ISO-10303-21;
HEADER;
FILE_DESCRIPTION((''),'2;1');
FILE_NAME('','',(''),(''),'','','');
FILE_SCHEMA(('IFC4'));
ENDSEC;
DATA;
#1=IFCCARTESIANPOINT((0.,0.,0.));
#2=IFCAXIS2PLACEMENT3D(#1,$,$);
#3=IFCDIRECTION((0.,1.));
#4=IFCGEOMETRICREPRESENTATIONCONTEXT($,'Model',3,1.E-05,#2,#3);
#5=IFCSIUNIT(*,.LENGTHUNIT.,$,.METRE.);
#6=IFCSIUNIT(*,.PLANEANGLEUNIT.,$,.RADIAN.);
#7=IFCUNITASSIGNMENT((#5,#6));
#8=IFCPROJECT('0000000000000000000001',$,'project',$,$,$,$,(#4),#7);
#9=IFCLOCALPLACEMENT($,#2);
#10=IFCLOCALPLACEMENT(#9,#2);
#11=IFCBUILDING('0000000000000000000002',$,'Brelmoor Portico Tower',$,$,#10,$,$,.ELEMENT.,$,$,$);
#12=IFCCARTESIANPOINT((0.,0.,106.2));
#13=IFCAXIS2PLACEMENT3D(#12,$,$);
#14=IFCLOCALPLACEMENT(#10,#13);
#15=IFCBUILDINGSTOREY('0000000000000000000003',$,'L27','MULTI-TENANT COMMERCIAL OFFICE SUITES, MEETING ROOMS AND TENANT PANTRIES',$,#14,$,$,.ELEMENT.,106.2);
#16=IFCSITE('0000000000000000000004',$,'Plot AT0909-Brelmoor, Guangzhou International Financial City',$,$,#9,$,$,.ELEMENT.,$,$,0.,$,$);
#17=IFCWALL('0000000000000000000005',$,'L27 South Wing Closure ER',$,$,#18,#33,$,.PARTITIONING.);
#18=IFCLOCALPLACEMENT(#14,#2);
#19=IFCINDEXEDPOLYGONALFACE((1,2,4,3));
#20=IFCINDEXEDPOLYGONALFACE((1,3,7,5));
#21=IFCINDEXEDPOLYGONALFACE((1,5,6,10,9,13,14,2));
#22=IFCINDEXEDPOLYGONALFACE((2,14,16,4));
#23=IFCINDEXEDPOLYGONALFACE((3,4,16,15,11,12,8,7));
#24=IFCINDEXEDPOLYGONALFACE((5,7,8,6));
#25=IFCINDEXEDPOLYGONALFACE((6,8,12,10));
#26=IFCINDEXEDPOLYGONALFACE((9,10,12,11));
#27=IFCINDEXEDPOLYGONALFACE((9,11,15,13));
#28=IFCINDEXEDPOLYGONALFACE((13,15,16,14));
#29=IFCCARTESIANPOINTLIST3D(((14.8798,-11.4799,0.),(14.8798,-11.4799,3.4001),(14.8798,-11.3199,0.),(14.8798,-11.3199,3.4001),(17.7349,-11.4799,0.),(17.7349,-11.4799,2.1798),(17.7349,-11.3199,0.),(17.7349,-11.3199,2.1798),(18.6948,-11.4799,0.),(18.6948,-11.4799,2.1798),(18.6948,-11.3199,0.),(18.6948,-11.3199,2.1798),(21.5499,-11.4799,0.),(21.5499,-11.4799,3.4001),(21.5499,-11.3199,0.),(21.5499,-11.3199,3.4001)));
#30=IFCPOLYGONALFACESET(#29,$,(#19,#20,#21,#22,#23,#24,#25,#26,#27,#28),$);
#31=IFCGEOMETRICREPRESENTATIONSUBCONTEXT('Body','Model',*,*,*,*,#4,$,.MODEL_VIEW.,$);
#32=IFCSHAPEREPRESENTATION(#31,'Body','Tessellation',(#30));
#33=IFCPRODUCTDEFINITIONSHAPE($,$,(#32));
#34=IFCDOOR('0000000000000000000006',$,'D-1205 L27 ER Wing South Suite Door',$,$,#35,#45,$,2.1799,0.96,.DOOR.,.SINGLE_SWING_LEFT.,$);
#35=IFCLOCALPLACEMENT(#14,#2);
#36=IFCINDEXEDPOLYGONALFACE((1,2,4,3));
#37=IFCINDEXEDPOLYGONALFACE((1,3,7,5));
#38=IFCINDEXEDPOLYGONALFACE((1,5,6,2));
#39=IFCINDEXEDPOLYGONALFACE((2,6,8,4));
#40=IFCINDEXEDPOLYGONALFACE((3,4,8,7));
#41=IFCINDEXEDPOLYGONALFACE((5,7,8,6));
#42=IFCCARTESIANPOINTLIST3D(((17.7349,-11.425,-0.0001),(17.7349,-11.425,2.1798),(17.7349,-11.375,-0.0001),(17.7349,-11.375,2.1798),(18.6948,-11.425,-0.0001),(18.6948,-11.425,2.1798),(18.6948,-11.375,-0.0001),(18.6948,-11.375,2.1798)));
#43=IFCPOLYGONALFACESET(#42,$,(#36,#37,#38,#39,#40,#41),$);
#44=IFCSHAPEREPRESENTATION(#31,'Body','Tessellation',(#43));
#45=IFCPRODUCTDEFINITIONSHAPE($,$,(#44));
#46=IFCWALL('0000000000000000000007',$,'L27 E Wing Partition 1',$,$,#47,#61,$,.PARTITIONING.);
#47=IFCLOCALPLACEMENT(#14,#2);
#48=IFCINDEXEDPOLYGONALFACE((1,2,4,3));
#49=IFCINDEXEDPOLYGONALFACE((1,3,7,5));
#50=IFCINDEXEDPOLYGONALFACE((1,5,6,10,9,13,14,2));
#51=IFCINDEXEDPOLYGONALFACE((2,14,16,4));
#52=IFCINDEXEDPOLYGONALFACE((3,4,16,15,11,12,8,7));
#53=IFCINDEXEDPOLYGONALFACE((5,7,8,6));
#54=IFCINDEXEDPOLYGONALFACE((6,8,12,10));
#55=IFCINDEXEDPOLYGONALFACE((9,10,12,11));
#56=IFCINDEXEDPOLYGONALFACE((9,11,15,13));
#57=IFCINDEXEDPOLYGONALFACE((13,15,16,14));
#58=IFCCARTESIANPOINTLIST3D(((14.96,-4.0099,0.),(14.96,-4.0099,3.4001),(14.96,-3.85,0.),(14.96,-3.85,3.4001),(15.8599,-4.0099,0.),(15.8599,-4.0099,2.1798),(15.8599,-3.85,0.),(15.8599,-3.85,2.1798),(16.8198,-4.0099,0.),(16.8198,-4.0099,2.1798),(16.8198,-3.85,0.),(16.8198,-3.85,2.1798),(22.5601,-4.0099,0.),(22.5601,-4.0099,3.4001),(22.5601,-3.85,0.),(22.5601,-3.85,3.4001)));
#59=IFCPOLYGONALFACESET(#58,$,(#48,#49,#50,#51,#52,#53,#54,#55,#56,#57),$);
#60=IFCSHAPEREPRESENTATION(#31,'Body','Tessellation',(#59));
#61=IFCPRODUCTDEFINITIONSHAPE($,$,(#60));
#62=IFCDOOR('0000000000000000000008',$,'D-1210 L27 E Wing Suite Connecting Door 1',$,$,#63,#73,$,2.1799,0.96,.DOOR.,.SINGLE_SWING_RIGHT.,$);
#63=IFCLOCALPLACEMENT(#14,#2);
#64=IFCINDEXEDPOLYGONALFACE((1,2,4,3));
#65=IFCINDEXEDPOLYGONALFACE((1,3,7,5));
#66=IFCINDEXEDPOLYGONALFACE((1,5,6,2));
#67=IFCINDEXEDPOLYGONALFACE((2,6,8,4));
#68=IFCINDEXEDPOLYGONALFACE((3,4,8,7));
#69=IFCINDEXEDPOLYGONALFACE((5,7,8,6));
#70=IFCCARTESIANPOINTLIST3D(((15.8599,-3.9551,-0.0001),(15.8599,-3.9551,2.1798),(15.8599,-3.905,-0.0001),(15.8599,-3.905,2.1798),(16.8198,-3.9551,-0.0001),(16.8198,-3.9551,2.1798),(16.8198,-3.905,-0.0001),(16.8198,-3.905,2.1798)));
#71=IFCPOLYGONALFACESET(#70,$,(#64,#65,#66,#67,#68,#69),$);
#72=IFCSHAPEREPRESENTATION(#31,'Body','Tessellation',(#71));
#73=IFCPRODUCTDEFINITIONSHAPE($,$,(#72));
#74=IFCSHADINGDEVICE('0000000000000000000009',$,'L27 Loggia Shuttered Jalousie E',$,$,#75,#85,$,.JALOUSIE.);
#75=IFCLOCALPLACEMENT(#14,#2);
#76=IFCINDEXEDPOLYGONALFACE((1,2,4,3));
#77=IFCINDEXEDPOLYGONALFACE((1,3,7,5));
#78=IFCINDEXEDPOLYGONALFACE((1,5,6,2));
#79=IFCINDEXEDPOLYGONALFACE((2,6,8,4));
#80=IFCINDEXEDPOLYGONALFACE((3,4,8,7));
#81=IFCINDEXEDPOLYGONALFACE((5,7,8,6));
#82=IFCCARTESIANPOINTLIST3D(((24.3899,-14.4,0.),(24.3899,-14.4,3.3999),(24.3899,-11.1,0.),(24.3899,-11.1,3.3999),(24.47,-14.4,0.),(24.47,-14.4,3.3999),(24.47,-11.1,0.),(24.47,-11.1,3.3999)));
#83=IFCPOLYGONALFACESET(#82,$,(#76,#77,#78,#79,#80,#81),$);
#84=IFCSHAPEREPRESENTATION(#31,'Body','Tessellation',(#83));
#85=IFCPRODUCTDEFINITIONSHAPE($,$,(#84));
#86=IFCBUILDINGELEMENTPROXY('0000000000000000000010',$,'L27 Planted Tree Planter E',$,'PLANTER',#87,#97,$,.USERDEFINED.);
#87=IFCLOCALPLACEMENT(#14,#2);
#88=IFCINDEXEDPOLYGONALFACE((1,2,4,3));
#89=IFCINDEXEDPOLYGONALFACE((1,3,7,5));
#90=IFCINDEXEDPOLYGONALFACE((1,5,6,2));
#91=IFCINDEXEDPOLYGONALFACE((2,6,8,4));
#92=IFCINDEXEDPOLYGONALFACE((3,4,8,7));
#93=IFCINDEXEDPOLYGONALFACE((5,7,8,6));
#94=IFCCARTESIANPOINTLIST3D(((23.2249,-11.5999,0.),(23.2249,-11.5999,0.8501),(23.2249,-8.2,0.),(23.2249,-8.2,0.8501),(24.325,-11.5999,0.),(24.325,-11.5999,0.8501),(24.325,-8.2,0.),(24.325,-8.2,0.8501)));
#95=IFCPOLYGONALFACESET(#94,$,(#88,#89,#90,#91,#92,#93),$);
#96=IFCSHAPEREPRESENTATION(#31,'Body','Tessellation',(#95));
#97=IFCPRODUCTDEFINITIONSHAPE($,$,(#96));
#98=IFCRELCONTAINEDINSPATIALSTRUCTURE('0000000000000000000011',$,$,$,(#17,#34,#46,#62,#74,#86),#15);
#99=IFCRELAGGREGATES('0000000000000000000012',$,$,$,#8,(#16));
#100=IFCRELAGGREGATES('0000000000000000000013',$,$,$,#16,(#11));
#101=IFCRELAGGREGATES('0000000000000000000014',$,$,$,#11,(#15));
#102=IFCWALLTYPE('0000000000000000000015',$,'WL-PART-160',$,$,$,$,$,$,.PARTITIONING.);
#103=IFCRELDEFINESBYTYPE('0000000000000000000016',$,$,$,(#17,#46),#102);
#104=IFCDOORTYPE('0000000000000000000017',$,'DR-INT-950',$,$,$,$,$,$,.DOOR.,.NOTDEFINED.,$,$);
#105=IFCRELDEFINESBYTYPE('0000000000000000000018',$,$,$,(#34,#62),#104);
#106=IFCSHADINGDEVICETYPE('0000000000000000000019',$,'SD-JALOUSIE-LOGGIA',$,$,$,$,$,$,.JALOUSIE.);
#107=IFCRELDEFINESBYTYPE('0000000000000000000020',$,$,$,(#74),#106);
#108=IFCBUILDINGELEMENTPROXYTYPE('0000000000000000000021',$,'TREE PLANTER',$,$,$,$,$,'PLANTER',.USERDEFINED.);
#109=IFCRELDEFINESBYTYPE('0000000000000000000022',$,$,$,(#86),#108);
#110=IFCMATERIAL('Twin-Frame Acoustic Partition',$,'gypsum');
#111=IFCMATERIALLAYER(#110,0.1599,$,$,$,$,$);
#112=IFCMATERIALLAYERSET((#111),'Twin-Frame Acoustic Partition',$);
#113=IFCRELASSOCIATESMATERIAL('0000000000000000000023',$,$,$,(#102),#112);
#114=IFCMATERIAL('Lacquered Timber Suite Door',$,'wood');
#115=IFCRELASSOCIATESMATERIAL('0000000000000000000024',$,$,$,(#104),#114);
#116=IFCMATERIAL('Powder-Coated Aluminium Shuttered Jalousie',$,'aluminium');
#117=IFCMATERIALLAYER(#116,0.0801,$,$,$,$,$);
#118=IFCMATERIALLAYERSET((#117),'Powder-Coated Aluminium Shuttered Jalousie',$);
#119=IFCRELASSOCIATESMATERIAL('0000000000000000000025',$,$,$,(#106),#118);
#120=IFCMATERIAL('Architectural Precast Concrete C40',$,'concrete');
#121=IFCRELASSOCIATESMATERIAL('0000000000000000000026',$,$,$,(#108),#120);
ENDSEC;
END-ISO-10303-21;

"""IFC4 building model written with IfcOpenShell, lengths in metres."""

from ifc_helpers import new_model, si_unit, direction, frame, frame_2d, origin, origin_2d, place, context, subcontext, project, spatial, rectangle, extrude, material, layer, layer_set, type_object, element, fill, save


model = new_model("IFC4")

# Units and contexts
model_context = context("Model", 3, precision=1e-05, world=origin(), true_north=direction((0.0, 1.0)))
body_context = subcontext(model_context, "Body", "Model", "MODEL_VIEW")
ifc_project = project(units=[si_unit("LENGTHUNIT", "METRE"), si_unit("PLANEANGLEUNIT", "RADIAN")], contexts=[model_context])

# Site, building, storey
site_placement = place(None, origin())
site = spatial("IfcSite", under=ifc_project, at=site_placement, Name="Plot AT0909-Brelmoor, Guangzhou International Financial City", CompositionType="ELEMENT", RefElevation=0.0)
building_placement = place(site_placement, origin())
building = spatial("IfcBuilding", under=site, at=building_placement, Name="Brelmoor Portico Tower", CompositionType="ELEMENT")
storey_placement = place(building_placement, frame((0.0, 0.0, 106.2)))
storey = spatial("IfcBuildingStorey", under=building, at=storey_placement, Name="L27", Description="MULTI-TENANT COMMERCIAL OFFICE SUITES, MEETING ROOMS AND TENANT PANTRIES", CompositionType="ELEMENT", Elevation=106.2)

# Walls, openings, doors
ifc_material_1 = material(Name="Twin-Frame Acoustic Partition", Category="gypsum")
ifc_layer_1 = layer(ifc_material_1, 0.1599)
ifc_layer_set_1 = layer_set([ifc_layer_1], Name="Twin-Frame Acoustic Partition")
wall_type_1 = type_object("IfcWallType", Name="WL-PART-160", PredefinedType="PARTITIONING", material=ifc_layer_set_1)
wall_1_placement = place(storey_placement, frame((14.8799, -11.3999, 0.0), z_axis=(0.0, 0.0, 1.0), x_axis=(1.0, 0.0, 0.0)))
wall_1 = element("IfcWall", 1, at=wall_1_placement, inside=storey, type_object=wall_type_1, Name="L27 South Wing Closure ER", PredefinedType="PARTITIONING", context=body_context, shape_type="SweptSolid", body=[
    extrude(rectangle(XDim=6.6702, YDim=0.1599, at=frame_2d((3.335, 0.0))), origin(), (0.0, 0.0, 1.0), 3.4001),
])
opening_1_placement = place(wall_1_placement, frame((2.855, 0.0, 0.0)))
opening_1 = element("IfcOpeningElement", 2, at=opening_1_placement, cuts=wall_1, PredefinedType="OPENING", context=body_context, shape_type="SweptSolid", body=[
    extrude(rectangle(XDim=0.96, YDim=2.1799, at=frame_2d((0.48, 1.0898))), frame((0.0, 0.0898, 0.0), z_axis=(0.0, -1.0, 0.0), x_axis=(1.0, 0.0, 0.0)), (0.0, 0.0, 1.0), 0.1799),
])
ifc_material_2 = material(Name="Lacquered Timber Suite Door", Category="wood")
door_type_1 = type_object("IfcDoorType", Name="DR-INT-950", OperationType="NOTDEFINED", PredefinedType="DOOR", material=ifc_material_2)
door_1_placement = place(opening_1_placement, origin())
door_1 = element("IfcDoor", 3, at=door_1_placement, inside=storey, type_object=door_type_1, Name="D-1205 L27 ER Wing South Suite Door", OperationType="SINGLE_SWING_LEFT", OverallHeight=2.1799, OverallWidth=0.96, PredefinedType="DOOR", context=body_context, shape_type="SweptSolid", body=[
    extrude(rectangle(XDim=0.96, YDim=2.1799, at=frame_2d((0.48, 1.0898))), frame((0.0, 0.0249, 0.0), z_axis=(0.0, -1.0, 0.0), x_axis=(1.0, 0.0, 0.0)), (0.0, 0.0, 1.0), 0.05),
])
fill(opening_1, door_1)
wall_2_placement = place(storey_placement, frame((14.96, -3.9299, 0.0), z_axis=(0.0, 0.0, 1.0), x_axis=(1.0, 0.0, 0.0)))
wall_2 = element("IfcWall", 4, at=wall_2_placement, inside=storey, type_object=wall_type_1, Name="L27 E Wing Partition 1", PredefinedType="PARTITIONING", context=body_context, shape_type="SweptSolid", body=[
    extrude(rectangle(XDim=7.6001, YDim=0.1599, at=frame_2d((3.8, 0.0))), origin(), (0.0, 0.0, 1.0), 3.4001),
])
opening_2_placement = place(wall_2_placement, frame((0.8999, 0.0, 0.0)))
opening_2 = element("IfcOpeningElement", 5, at=opening_2_placement, cuts=wall_2, PredefinedType="OPENING", context=body_context, shape_type="SweptSolid", body=[
    extrude(rectangle(XDim=0.96, YDim=2.1799, at=frame_2d((0.48, 1.0898))), frame((0.0, 0.0898, 0.0), z_axis=(0.0, -1.0, 0.0), x_axis=(1.0, 0.0, 0.0)), (0.0, 0.0, 1.0), 0.1799),
])
door_2_placement = place(opening_2_placement, origin())
door_2 = element("IfcDoor", 6, at=door_2_placement, inside=storey, type_object=door_type_1, Name="D-1210 L27 E Wing Suite Connecting Door 1", OperationType="SINGLE_SWING_RIGHT", OverallHeight=2.1799, OverallWidth=0.96, PredefinedType="DOOR", context=body_context, shape_type="SweptSolid", body=[
    extrude(rectangle(XDim=0.96, YDim=2.1799, at=frame_2d((0.48, 1.0898))), frame((0.0, 0.0249, 0.0), z_axis=(0.0, -1.0, 0.0), x_axis=(1.0, 0.0, 0.0)), (0.0, 0.0, 1.0), 0.05),
])
fill(opening_2, door_2)

# Shading device
ifc_material_3 = material(Name="Powder-Coated Aluminium Shuttered Jalousie", Category="aluminium")
ifc_layer_2 = layer(ifc_material_3, 0.0801)
ifc_layer_set_2 = layer_set([ifc_layer_2], Name="Powder-Coated Aluminium Shuttered Jalousie")
shading_device_type = type_object("IfcShadingDeviceType", Name="SD-JALOUSIE-LOGGIA", PredefinedType="JALOUSIE", material=ifc_layer_set_2)
shading_device_placement = place(storey_placement, frame((24.4299, -12.75, 0.0), z_axis=(0.0, 0.0, 1.0), x_axis=(0.0, 1.0, 0.0)))
element("IfcShadingDevice", 7, at=shading_device_placement, inside=storey, type_object=shading_device_type, Name="L27 Loggia Shuttered Jalousie E", PredefinedType="JALOUSIE", context=body_context, shape_type="SweptSolid", body=[
    extrude(rectangle(XDim=3.3, YDim=0.0801, at=origin_2d()), origin(), (0.0, 0.0, 1.0), 3.3999),
])

# Building element proxy
ifc_material_4 = material(Name="Architectural Precast Concrete C40", Category="concrete")
building_element_proxy_type = type_object("IfcBuildingElementProxyType", Name="TREE PLANTER", ElementType="PLANTER", PredefinedType="USERDEFINED", material=ifc_material_4)
proxy_placement = place(storey_placement, frame((23.7749, -9.8999, 0.0), z_axis=(0.0, 0.0, 1.0), x_axis=(0.0, 1.0, 0.0)))
element("IfcBuildingElementProxy", 8, at=proxy_placement, inside=storey, type_object=building_element_proxy_type, Name="L27 Planted Tree Planter E", ObjectType="PLANTER", PredefinedType="USERDEFINED", context=body_context, shape_type="SweptSolid", body=[
    extrude(rectangle(XDim=3.3999, YDim=1.1001, at=origin_2d()), origin(), (0.0, 0.0, 1.0), 0.8501),
])

save(model, "model.ifc")
